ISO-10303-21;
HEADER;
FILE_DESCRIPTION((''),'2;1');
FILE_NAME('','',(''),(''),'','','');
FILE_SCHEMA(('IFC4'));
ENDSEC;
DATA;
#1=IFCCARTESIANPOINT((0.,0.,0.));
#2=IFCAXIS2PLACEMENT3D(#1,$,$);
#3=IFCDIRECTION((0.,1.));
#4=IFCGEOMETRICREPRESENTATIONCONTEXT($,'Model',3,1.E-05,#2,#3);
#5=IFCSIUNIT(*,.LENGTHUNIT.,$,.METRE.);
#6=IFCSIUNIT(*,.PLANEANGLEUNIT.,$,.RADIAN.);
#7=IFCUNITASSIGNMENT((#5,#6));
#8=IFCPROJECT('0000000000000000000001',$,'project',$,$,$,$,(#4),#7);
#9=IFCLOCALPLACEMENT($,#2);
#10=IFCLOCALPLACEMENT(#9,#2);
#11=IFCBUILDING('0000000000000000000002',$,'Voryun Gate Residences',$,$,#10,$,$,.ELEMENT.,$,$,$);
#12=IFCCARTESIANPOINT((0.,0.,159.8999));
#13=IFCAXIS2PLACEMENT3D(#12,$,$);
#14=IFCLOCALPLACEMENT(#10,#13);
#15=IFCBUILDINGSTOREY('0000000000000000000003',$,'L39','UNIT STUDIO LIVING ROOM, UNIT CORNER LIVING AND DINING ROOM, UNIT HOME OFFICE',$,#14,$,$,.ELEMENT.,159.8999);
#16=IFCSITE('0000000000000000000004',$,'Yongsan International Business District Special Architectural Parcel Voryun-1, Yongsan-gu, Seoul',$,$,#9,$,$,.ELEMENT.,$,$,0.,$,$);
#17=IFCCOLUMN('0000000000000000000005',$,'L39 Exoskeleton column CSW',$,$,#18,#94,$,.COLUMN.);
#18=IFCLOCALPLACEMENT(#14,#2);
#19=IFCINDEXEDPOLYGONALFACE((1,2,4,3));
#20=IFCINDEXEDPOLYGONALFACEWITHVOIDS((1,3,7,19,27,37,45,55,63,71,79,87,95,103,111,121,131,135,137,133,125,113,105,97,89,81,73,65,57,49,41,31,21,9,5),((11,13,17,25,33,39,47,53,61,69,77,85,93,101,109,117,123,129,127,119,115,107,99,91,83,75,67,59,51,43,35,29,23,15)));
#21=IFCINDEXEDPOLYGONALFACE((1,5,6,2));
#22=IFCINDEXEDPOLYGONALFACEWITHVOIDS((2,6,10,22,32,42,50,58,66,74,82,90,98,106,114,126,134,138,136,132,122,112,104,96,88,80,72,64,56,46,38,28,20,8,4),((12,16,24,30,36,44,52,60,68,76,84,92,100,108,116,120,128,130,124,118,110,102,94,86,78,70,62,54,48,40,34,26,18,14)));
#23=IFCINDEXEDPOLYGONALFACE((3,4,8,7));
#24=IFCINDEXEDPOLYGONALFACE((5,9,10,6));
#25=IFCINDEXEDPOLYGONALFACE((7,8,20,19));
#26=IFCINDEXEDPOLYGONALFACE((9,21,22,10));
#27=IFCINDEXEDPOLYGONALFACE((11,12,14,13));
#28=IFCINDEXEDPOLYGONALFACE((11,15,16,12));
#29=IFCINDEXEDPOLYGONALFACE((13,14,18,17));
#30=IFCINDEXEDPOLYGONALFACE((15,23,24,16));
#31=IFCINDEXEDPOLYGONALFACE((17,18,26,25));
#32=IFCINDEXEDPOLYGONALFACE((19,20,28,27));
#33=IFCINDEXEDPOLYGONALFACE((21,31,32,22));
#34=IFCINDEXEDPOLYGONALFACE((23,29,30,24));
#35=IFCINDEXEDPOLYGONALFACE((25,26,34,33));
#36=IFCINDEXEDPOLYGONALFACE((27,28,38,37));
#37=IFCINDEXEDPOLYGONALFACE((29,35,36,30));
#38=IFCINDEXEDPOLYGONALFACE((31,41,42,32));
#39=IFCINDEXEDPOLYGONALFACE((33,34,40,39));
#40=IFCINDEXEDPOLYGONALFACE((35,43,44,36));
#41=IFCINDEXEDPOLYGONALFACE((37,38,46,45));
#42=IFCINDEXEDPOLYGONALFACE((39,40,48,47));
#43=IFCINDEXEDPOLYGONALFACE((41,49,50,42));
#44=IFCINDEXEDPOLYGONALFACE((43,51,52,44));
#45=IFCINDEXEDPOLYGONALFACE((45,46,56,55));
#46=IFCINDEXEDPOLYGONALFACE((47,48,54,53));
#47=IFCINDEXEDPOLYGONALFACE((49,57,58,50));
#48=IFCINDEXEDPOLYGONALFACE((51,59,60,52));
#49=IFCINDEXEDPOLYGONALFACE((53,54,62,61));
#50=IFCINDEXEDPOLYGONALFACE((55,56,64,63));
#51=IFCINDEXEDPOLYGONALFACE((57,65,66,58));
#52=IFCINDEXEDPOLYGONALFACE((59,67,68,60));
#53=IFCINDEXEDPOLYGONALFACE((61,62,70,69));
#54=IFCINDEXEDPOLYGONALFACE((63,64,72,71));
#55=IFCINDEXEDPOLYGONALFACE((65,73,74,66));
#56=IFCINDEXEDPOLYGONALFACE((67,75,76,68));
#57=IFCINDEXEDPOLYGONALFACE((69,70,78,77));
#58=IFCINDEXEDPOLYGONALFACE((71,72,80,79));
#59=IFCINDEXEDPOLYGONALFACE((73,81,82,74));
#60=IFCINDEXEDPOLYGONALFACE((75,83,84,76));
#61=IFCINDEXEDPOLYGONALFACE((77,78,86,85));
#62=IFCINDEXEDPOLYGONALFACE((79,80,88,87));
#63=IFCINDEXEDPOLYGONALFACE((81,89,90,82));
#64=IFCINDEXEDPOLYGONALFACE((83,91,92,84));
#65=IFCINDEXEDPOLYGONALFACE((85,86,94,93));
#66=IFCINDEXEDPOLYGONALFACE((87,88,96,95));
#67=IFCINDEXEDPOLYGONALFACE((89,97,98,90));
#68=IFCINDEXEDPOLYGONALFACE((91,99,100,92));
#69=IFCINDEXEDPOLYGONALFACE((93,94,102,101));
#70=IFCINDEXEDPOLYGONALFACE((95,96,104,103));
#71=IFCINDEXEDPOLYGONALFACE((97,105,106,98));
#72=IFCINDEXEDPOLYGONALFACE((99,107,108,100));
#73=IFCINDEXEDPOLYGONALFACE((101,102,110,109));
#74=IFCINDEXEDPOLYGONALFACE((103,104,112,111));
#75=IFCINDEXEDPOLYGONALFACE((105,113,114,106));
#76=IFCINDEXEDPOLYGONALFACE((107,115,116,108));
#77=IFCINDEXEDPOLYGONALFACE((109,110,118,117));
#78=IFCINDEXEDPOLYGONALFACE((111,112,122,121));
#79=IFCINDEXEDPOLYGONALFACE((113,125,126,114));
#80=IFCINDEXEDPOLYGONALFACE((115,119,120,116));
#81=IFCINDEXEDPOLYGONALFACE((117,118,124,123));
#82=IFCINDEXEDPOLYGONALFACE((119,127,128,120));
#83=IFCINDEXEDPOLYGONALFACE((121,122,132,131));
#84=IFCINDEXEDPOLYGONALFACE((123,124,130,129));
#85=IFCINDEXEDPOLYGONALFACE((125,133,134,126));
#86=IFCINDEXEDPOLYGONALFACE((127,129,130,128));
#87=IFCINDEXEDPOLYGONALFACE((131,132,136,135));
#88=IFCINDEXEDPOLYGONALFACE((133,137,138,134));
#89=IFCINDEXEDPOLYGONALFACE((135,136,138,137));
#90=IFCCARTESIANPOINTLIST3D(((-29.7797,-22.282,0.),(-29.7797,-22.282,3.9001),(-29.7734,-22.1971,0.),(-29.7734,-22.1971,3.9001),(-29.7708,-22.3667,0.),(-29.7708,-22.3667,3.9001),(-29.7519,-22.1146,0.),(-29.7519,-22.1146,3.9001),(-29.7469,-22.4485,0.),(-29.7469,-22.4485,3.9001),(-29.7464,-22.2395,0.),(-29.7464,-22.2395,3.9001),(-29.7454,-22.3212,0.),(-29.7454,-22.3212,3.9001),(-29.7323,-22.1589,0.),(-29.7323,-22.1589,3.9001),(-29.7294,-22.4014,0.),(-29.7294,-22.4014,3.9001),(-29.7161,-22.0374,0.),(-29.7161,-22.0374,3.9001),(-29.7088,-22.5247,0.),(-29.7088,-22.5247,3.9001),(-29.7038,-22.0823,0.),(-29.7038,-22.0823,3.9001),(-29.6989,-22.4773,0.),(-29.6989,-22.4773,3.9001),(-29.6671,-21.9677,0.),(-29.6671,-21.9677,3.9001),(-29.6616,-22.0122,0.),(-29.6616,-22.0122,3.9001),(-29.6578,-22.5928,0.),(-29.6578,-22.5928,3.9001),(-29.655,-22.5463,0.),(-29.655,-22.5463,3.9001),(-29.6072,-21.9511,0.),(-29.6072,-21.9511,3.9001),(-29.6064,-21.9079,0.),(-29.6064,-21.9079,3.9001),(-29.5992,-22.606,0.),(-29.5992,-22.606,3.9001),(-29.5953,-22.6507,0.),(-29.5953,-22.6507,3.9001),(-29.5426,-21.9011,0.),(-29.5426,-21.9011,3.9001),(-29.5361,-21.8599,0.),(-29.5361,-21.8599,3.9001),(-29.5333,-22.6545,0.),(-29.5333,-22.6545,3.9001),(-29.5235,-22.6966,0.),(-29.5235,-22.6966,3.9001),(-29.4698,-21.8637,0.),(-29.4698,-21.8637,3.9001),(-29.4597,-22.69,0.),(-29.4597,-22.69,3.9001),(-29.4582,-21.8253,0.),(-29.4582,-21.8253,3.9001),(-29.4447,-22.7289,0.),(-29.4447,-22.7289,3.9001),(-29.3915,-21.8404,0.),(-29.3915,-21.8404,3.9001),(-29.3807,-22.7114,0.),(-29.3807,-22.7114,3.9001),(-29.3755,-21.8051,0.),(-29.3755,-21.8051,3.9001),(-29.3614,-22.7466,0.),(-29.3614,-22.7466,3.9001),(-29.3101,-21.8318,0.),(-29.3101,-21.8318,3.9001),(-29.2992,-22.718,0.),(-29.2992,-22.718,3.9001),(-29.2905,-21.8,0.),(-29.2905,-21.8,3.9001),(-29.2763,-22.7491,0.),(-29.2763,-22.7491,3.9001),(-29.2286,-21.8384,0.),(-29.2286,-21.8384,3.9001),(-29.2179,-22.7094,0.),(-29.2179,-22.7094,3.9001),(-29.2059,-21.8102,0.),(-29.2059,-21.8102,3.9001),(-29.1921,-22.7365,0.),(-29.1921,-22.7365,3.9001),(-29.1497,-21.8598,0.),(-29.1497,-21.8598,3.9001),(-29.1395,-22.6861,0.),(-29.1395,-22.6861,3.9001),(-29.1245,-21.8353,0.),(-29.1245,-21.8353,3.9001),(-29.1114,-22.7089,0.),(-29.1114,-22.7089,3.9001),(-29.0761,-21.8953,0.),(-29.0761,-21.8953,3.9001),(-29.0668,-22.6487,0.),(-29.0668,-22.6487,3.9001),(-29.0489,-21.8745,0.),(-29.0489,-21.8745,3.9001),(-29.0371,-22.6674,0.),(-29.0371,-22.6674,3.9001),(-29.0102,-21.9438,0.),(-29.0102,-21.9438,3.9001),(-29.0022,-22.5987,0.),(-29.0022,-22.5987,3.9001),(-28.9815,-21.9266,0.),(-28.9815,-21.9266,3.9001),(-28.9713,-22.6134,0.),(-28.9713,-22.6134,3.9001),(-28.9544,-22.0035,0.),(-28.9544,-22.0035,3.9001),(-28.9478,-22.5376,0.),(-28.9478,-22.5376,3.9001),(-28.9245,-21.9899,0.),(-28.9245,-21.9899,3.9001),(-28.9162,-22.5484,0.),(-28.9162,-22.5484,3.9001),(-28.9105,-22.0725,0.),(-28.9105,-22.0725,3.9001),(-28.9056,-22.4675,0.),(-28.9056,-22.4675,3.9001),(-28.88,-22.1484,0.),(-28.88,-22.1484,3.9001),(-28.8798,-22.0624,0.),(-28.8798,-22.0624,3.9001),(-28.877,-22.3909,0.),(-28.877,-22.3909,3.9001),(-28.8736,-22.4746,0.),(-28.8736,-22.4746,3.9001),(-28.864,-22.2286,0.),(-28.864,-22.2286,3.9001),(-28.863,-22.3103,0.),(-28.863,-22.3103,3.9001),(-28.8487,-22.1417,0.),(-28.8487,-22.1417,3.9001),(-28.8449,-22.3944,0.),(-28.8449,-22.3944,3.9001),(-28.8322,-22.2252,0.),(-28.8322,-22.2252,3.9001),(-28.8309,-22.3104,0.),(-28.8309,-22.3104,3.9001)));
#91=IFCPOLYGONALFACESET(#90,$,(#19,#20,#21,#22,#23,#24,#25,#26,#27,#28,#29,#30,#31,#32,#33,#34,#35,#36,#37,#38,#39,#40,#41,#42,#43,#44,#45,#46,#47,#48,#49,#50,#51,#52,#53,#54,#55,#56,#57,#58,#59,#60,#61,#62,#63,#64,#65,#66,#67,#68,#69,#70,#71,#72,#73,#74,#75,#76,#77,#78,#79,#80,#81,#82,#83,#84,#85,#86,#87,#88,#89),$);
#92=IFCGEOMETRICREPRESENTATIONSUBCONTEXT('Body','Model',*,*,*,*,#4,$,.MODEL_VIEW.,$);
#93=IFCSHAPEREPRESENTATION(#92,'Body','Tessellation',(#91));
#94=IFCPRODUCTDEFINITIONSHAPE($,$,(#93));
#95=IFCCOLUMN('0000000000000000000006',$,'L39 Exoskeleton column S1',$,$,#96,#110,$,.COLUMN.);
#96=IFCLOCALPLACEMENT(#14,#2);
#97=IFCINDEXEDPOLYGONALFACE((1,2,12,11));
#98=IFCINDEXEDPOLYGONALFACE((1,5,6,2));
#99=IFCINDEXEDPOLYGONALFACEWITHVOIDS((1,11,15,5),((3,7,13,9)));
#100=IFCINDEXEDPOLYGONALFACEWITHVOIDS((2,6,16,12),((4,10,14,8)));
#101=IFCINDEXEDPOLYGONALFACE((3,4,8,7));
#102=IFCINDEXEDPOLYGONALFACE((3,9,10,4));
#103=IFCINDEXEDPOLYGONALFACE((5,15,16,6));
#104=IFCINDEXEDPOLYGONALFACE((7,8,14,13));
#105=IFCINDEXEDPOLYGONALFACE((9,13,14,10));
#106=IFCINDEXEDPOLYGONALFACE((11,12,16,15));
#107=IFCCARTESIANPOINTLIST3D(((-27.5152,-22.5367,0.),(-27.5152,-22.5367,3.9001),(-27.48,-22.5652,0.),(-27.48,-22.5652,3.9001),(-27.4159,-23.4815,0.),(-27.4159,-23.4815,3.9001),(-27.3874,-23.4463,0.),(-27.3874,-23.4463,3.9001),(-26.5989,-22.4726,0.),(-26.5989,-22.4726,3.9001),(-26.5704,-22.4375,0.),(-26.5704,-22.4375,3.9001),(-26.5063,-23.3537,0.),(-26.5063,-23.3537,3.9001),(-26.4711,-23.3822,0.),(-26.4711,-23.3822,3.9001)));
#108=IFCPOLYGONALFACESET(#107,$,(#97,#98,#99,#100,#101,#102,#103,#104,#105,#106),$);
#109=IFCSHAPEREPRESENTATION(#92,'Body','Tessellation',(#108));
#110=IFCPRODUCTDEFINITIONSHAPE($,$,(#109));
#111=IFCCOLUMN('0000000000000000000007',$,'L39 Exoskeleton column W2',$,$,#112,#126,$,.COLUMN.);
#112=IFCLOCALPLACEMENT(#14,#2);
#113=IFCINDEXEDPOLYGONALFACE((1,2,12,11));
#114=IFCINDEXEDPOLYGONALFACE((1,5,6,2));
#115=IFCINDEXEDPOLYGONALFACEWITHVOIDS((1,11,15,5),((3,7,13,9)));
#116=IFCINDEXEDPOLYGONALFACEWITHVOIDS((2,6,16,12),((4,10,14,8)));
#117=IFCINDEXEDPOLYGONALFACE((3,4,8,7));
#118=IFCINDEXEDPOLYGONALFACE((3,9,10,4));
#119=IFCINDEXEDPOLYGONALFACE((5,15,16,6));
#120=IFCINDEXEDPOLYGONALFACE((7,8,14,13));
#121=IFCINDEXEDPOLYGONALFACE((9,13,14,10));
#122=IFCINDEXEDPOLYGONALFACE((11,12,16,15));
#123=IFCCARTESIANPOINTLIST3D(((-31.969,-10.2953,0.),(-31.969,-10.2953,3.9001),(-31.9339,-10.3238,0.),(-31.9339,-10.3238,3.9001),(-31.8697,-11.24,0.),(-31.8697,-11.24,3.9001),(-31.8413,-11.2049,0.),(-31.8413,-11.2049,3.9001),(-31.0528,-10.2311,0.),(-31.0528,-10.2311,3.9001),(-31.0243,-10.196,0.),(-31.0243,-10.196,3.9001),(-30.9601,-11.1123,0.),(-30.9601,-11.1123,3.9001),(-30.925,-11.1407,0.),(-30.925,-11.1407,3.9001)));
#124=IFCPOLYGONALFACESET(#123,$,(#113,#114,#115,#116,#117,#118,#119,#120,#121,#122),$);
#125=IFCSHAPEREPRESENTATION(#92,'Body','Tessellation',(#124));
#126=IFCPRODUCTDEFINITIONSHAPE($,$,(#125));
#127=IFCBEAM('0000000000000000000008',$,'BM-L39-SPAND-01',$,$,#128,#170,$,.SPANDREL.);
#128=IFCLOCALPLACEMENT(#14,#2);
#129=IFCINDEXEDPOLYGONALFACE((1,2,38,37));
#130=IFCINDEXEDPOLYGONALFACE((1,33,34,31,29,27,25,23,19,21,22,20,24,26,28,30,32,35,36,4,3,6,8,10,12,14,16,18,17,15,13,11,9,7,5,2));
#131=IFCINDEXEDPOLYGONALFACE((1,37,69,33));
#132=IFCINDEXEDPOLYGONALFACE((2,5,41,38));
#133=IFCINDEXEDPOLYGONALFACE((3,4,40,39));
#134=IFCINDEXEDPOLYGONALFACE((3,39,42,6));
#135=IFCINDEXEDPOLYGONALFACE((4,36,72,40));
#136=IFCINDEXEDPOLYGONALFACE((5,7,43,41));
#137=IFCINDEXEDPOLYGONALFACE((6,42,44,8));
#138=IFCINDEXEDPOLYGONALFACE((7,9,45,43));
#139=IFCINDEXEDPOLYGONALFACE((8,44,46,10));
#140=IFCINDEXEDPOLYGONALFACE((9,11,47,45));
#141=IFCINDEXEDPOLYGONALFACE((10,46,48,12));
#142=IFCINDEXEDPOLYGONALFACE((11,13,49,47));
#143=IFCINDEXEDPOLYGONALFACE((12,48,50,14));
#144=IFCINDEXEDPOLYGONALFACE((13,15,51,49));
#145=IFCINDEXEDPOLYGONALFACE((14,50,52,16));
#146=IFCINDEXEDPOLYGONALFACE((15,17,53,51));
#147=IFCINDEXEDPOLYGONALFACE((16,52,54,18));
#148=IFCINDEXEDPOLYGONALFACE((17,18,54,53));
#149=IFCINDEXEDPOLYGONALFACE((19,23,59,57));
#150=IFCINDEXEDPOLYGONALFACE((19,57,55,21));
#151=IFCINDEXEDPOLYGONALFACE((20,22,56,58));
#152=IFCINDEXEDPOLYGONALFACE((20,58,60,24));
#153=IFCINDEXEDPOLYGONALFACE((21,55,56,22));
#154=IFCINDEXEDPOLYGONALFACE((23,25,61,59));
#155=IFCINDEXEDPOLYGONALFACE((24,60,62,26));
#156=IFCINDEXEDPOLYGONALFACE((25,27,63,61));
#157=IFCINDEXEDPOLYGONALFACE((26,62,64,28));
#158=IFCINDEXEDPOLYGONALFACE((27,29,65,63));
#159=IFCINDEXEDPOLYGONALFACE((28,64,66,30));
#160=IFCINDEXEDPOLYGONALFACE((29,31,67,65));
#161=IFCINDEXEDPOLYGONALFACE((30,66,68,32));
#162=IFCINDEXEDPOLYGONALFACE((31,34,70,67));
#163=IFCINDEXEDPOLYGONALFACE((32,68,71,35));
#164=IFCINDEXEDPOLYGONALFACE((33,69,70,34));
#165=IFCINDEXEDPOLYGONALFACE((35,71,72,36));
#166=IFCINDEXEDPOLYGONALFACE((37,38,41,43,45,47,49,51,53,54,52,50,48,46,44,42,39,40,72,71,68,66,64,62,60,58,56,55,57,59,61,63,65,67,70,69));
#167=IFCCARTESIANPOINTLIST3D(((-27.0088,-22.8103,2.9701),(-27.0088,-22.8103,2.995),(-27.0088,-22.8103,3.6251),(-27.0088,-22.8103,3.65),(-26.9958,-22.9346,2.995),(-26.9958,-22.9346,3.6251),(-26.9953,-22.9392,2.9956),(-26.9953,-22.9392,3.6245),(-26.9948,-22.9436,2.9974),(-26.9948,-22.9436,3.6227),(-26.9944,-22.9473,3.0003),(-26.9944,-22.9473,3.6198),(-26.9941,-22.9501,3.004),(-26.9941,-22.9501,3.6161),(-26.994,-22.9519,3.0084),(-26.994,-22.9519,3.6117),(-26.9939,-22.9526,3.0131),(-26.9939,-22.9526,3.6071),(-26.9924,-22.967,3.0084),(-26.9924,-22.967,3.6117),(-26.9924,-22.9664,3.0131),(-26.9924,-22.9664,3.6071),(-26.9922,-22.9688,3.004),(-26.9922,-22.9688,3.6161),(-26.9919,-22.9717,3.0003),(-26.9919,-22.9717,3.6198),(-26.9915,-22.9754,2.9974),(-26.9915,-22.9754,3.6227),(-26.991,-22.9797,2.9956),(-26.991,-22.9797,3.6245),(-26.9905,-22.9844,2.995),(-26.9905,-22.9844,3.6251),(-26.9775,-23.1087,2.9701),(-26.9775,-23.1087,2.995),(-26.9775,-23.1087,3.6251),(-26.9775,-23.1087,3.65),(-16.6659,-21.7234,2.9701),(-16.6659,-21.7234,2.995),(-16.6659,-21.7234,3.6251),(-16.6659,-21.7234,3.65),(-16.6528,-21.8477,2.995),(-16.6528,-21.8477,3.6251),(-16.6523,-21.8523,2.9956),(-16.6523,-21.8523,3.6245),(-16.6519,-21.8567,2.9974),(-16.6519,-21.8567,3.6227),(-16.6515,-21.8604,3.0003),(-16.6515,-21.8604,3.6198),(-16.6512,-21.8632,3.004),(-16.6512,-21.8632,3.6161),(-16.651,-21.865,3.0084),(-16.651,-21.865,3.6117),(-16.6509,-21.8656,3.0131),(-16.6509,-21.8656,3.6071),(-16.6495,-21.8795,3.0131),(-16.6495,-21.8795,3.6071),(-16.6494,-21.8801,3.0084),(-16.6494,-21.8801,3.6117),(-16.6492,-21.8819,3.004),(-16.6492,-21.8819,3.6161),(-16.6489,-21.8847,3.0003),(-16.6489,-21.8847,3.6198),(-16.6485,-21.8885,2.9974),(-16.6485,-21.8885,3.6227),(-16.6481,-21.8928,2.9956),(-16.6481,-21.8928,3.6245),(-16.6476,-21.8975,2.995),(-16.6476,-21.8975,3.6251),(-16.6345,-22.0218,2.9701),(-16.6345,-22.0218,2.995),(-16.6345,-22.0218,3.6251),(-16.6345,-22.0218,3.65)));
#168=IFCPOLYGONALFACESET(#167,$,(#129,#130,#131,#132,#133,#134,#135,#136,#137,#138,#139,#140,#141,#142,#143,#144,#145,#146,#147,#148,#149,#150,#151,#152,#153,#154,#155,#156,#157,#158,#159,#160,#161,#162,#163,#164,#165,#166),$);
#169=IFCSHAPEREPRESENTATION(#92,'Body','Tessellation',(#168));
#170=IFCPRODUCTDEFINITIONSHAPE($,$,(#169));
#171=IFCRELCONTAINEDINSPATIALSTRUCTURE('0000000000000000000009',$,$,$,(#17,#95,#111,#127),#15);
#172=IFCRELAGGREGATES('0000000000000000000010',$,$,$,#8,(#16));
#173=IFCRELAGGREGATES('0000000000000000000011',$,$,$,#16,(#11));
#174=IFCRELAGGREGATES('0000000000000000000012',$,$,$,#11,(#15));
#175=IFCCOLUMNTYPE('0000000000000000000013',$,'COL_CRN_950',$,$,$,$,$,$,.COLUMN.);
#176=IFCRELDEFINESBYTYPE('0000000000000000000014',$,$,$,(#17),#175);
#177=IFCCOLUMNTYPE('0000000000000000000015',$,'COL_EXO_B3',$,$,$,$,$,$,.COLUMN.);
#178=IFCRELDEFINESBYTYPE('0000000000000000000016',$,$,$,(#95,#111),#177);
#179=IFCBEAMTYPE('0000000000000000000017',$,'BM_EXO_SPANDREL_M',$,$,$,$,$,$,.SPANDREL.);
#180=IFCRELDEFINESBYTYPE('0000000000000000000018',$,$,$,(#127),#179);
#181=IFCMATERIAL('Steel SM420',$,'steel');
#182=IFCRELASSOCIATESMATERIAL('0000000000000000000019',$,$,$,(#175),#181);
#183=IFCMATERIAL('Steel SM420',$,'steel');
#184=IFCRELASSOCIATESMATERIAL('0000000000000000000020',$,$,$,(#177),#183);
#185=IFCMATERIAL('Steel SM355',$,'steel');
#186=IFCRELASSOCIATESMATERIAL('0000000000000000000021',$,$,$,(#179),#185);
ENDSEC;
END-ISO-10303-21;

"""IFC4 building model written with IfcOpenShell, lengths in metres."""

from ifc_helpers import new_model, si_unit, direction, frame, origin, origin_2d, place, context, subcontext, project, spatial, hollow_rectangle, hollow_circle, i_section, extrude, material, material_profile, profile_set, type_object, element, save


model = new_model("IFC4")

# Units and contexts
model_context = context("Model", 3, precision=1e-05, world=origin(), true_north=direction((0.0, 1.0)))
body_context = subcontext(model_context, "Body", "Model", "MODEL_VIEW")
ifc_project = project(units=[si_unit("LENGTHUNIT", "METRE"), si_unit("PLANEANGLEUNIT", "RADIAN")], contexts=[model_context])

# Site, building, storey
site_placement = place(None, origin())
site = spatial("IfcSite", under=ifc_project, at=site_placement, Name="Yongsan International Business District Special Architectural Parcel Voryun-1, Yongsan-gu, Seoul", CompositionType="ELEMENT", RefElevation=0.0)
building_placement = place(site_placement, origin())
building = spatial("IfcBuilding", under=site, at=building_placement, Name="Voryun Gate Residences", CompositionType="ELEMENT")
storey_placement = place(building_placement, frame((0.0, 0.0, 159.8999)))
storey = spatial("IfcBuildingStorey", under=building, at=storey_placement, Name="L39", Description="UNIT STUDIO LIVING ROOM, UNIT CORNER LIVING AND DINING ROOM, UNIT HOME OFFICE", CompositionType="ELEMENT", Elevation=159.8999)

# Columns
ifc_material_1 = material(Name="Steel SM420", Category="steel")
ifc_material_profile_1 = material_profile(ifc_material_1, hollow_circle(Radius=0.4751, WallThickness=0.032, at=origin_2d()), Name="CHS-950x32")
ifc_profile_set_1 = profile_set([ifc_material_profile_1], Name="Steel SM420")
column_type_1 = type_object("IfcColumnType", Name="COL_CRN_950", PredefinedType="COLUMN", material=ifc_profile_set_1)
column_placement = place(storey_placement, frame((-29.3047, -22.2749, 0.0), z_axis=(0.0, 0.0, 1.0), x_axis=(0.994522, 0.104528, 0.0)))
element("IfcColumn", 1, at=column_placement, inside=storey, type_object=column_type_1, Name="L39 Exoskeleton column CSW", PredefinedType="COLUMN", context=body_context, shape_type="SweptSolid", body=[
    extrude(hollow_circle(Radius=0.4751, WallThickness=0.032, at=origin_2d()), origin(), (0.0, 0.0, 1.0), 3.9001),
])
ifc_material_2 = material(Name="Steel SM420", Category="steel")
ifc_material_profile_2 = material_profile(ifc_material_2, hollow_rectangle(XDim=0.95, YDim=0.95, WallThickness=0.032, at=origin_2d()), Name="BOX-950x950x32")
ifc_profile_set_2 = profile_set([ifc_material_profile_2], Name="Steel SM420")
column_type_2 = type_object("IfcColumnType", Name="COL_EXO_B3", PredefinedType="COLUMN", material=ifc_profile_set_2)
for number, where, z_axis, x_axis, name in (
    (2, (-26.9932, -22.9595, 0.0), (0.0, 0.0, 1.0), (0.994522, 0.104528, 0.0), "L39 Exoskeleton column S1"),
    (3, (-31.447, -10.718, 0.0), (0.0, 0.0, 1.0), (0.994522, 0.104528, 0.0), "L39 Exoskeleton column W2"),
):
    element("IfcColumn", number, at=place(storey_placement, frame(where, z_axis=z_axis, x_axis=x_axis)), inside=storey, type_object=column_type_2, Name=name, PredefinedType="COLUMN", context=body_context, shape_type="SweptSolid", body=[
        extrude(hollow_rectangle(XDim=0.95, YDim=0.95, WallThickness=0.032, at=origin_2d()), origin(), (0.0, 0.0, 1.0), 3.9001),
    ])

# Beam
ifc_material_3 = material(Name="Steel SM355", Category="steel")
ifc_material_profile_3 = material_profile(ifc_material_3, i_section(OverallWidth=0.3, OverallDepth=0.6799, WebThickness=0.0139, FlangeThickness=0.0249, FilletRadius=0.0181, at=origin_2d()), Name="H-680x300x14x25")
ifc_profile_set_3 = profile_set([ifc_material_profile_3], Name="Steel SM355")
beam_type = type_object("IfcBeamType", Name="BM_EXO_SPANDREL_M", PredefinedType="SPANDREL", material=ifc_profile_set_3)
beam_1_placement = place(storey_placement, frame((-26.9932, -22.9595, 3.3101), z_axis=(0.994524, 0.104511, 0.0), x_axis=(-0.104511, 0.994524, 0.0)))
element("IfcBeam", 4, at=beam_1_placement, inside=storey, type_object=beam_type, Name="BM-L39-SPAND-01", PredefinedType="SPANDREL", context=body_context, shape_type="SweptSolid", body=[
    extrude(i_section(OverallWidth=0.3, OverallDepth=0.6799, WebThickness=0.0139, FlangeThickness=0.0249, FilletRadius=0.0181, at=origin_2d()), origin(), (0.0, 0.0, 1.0), 10.3999),
])

save(model, "model.ifc")
